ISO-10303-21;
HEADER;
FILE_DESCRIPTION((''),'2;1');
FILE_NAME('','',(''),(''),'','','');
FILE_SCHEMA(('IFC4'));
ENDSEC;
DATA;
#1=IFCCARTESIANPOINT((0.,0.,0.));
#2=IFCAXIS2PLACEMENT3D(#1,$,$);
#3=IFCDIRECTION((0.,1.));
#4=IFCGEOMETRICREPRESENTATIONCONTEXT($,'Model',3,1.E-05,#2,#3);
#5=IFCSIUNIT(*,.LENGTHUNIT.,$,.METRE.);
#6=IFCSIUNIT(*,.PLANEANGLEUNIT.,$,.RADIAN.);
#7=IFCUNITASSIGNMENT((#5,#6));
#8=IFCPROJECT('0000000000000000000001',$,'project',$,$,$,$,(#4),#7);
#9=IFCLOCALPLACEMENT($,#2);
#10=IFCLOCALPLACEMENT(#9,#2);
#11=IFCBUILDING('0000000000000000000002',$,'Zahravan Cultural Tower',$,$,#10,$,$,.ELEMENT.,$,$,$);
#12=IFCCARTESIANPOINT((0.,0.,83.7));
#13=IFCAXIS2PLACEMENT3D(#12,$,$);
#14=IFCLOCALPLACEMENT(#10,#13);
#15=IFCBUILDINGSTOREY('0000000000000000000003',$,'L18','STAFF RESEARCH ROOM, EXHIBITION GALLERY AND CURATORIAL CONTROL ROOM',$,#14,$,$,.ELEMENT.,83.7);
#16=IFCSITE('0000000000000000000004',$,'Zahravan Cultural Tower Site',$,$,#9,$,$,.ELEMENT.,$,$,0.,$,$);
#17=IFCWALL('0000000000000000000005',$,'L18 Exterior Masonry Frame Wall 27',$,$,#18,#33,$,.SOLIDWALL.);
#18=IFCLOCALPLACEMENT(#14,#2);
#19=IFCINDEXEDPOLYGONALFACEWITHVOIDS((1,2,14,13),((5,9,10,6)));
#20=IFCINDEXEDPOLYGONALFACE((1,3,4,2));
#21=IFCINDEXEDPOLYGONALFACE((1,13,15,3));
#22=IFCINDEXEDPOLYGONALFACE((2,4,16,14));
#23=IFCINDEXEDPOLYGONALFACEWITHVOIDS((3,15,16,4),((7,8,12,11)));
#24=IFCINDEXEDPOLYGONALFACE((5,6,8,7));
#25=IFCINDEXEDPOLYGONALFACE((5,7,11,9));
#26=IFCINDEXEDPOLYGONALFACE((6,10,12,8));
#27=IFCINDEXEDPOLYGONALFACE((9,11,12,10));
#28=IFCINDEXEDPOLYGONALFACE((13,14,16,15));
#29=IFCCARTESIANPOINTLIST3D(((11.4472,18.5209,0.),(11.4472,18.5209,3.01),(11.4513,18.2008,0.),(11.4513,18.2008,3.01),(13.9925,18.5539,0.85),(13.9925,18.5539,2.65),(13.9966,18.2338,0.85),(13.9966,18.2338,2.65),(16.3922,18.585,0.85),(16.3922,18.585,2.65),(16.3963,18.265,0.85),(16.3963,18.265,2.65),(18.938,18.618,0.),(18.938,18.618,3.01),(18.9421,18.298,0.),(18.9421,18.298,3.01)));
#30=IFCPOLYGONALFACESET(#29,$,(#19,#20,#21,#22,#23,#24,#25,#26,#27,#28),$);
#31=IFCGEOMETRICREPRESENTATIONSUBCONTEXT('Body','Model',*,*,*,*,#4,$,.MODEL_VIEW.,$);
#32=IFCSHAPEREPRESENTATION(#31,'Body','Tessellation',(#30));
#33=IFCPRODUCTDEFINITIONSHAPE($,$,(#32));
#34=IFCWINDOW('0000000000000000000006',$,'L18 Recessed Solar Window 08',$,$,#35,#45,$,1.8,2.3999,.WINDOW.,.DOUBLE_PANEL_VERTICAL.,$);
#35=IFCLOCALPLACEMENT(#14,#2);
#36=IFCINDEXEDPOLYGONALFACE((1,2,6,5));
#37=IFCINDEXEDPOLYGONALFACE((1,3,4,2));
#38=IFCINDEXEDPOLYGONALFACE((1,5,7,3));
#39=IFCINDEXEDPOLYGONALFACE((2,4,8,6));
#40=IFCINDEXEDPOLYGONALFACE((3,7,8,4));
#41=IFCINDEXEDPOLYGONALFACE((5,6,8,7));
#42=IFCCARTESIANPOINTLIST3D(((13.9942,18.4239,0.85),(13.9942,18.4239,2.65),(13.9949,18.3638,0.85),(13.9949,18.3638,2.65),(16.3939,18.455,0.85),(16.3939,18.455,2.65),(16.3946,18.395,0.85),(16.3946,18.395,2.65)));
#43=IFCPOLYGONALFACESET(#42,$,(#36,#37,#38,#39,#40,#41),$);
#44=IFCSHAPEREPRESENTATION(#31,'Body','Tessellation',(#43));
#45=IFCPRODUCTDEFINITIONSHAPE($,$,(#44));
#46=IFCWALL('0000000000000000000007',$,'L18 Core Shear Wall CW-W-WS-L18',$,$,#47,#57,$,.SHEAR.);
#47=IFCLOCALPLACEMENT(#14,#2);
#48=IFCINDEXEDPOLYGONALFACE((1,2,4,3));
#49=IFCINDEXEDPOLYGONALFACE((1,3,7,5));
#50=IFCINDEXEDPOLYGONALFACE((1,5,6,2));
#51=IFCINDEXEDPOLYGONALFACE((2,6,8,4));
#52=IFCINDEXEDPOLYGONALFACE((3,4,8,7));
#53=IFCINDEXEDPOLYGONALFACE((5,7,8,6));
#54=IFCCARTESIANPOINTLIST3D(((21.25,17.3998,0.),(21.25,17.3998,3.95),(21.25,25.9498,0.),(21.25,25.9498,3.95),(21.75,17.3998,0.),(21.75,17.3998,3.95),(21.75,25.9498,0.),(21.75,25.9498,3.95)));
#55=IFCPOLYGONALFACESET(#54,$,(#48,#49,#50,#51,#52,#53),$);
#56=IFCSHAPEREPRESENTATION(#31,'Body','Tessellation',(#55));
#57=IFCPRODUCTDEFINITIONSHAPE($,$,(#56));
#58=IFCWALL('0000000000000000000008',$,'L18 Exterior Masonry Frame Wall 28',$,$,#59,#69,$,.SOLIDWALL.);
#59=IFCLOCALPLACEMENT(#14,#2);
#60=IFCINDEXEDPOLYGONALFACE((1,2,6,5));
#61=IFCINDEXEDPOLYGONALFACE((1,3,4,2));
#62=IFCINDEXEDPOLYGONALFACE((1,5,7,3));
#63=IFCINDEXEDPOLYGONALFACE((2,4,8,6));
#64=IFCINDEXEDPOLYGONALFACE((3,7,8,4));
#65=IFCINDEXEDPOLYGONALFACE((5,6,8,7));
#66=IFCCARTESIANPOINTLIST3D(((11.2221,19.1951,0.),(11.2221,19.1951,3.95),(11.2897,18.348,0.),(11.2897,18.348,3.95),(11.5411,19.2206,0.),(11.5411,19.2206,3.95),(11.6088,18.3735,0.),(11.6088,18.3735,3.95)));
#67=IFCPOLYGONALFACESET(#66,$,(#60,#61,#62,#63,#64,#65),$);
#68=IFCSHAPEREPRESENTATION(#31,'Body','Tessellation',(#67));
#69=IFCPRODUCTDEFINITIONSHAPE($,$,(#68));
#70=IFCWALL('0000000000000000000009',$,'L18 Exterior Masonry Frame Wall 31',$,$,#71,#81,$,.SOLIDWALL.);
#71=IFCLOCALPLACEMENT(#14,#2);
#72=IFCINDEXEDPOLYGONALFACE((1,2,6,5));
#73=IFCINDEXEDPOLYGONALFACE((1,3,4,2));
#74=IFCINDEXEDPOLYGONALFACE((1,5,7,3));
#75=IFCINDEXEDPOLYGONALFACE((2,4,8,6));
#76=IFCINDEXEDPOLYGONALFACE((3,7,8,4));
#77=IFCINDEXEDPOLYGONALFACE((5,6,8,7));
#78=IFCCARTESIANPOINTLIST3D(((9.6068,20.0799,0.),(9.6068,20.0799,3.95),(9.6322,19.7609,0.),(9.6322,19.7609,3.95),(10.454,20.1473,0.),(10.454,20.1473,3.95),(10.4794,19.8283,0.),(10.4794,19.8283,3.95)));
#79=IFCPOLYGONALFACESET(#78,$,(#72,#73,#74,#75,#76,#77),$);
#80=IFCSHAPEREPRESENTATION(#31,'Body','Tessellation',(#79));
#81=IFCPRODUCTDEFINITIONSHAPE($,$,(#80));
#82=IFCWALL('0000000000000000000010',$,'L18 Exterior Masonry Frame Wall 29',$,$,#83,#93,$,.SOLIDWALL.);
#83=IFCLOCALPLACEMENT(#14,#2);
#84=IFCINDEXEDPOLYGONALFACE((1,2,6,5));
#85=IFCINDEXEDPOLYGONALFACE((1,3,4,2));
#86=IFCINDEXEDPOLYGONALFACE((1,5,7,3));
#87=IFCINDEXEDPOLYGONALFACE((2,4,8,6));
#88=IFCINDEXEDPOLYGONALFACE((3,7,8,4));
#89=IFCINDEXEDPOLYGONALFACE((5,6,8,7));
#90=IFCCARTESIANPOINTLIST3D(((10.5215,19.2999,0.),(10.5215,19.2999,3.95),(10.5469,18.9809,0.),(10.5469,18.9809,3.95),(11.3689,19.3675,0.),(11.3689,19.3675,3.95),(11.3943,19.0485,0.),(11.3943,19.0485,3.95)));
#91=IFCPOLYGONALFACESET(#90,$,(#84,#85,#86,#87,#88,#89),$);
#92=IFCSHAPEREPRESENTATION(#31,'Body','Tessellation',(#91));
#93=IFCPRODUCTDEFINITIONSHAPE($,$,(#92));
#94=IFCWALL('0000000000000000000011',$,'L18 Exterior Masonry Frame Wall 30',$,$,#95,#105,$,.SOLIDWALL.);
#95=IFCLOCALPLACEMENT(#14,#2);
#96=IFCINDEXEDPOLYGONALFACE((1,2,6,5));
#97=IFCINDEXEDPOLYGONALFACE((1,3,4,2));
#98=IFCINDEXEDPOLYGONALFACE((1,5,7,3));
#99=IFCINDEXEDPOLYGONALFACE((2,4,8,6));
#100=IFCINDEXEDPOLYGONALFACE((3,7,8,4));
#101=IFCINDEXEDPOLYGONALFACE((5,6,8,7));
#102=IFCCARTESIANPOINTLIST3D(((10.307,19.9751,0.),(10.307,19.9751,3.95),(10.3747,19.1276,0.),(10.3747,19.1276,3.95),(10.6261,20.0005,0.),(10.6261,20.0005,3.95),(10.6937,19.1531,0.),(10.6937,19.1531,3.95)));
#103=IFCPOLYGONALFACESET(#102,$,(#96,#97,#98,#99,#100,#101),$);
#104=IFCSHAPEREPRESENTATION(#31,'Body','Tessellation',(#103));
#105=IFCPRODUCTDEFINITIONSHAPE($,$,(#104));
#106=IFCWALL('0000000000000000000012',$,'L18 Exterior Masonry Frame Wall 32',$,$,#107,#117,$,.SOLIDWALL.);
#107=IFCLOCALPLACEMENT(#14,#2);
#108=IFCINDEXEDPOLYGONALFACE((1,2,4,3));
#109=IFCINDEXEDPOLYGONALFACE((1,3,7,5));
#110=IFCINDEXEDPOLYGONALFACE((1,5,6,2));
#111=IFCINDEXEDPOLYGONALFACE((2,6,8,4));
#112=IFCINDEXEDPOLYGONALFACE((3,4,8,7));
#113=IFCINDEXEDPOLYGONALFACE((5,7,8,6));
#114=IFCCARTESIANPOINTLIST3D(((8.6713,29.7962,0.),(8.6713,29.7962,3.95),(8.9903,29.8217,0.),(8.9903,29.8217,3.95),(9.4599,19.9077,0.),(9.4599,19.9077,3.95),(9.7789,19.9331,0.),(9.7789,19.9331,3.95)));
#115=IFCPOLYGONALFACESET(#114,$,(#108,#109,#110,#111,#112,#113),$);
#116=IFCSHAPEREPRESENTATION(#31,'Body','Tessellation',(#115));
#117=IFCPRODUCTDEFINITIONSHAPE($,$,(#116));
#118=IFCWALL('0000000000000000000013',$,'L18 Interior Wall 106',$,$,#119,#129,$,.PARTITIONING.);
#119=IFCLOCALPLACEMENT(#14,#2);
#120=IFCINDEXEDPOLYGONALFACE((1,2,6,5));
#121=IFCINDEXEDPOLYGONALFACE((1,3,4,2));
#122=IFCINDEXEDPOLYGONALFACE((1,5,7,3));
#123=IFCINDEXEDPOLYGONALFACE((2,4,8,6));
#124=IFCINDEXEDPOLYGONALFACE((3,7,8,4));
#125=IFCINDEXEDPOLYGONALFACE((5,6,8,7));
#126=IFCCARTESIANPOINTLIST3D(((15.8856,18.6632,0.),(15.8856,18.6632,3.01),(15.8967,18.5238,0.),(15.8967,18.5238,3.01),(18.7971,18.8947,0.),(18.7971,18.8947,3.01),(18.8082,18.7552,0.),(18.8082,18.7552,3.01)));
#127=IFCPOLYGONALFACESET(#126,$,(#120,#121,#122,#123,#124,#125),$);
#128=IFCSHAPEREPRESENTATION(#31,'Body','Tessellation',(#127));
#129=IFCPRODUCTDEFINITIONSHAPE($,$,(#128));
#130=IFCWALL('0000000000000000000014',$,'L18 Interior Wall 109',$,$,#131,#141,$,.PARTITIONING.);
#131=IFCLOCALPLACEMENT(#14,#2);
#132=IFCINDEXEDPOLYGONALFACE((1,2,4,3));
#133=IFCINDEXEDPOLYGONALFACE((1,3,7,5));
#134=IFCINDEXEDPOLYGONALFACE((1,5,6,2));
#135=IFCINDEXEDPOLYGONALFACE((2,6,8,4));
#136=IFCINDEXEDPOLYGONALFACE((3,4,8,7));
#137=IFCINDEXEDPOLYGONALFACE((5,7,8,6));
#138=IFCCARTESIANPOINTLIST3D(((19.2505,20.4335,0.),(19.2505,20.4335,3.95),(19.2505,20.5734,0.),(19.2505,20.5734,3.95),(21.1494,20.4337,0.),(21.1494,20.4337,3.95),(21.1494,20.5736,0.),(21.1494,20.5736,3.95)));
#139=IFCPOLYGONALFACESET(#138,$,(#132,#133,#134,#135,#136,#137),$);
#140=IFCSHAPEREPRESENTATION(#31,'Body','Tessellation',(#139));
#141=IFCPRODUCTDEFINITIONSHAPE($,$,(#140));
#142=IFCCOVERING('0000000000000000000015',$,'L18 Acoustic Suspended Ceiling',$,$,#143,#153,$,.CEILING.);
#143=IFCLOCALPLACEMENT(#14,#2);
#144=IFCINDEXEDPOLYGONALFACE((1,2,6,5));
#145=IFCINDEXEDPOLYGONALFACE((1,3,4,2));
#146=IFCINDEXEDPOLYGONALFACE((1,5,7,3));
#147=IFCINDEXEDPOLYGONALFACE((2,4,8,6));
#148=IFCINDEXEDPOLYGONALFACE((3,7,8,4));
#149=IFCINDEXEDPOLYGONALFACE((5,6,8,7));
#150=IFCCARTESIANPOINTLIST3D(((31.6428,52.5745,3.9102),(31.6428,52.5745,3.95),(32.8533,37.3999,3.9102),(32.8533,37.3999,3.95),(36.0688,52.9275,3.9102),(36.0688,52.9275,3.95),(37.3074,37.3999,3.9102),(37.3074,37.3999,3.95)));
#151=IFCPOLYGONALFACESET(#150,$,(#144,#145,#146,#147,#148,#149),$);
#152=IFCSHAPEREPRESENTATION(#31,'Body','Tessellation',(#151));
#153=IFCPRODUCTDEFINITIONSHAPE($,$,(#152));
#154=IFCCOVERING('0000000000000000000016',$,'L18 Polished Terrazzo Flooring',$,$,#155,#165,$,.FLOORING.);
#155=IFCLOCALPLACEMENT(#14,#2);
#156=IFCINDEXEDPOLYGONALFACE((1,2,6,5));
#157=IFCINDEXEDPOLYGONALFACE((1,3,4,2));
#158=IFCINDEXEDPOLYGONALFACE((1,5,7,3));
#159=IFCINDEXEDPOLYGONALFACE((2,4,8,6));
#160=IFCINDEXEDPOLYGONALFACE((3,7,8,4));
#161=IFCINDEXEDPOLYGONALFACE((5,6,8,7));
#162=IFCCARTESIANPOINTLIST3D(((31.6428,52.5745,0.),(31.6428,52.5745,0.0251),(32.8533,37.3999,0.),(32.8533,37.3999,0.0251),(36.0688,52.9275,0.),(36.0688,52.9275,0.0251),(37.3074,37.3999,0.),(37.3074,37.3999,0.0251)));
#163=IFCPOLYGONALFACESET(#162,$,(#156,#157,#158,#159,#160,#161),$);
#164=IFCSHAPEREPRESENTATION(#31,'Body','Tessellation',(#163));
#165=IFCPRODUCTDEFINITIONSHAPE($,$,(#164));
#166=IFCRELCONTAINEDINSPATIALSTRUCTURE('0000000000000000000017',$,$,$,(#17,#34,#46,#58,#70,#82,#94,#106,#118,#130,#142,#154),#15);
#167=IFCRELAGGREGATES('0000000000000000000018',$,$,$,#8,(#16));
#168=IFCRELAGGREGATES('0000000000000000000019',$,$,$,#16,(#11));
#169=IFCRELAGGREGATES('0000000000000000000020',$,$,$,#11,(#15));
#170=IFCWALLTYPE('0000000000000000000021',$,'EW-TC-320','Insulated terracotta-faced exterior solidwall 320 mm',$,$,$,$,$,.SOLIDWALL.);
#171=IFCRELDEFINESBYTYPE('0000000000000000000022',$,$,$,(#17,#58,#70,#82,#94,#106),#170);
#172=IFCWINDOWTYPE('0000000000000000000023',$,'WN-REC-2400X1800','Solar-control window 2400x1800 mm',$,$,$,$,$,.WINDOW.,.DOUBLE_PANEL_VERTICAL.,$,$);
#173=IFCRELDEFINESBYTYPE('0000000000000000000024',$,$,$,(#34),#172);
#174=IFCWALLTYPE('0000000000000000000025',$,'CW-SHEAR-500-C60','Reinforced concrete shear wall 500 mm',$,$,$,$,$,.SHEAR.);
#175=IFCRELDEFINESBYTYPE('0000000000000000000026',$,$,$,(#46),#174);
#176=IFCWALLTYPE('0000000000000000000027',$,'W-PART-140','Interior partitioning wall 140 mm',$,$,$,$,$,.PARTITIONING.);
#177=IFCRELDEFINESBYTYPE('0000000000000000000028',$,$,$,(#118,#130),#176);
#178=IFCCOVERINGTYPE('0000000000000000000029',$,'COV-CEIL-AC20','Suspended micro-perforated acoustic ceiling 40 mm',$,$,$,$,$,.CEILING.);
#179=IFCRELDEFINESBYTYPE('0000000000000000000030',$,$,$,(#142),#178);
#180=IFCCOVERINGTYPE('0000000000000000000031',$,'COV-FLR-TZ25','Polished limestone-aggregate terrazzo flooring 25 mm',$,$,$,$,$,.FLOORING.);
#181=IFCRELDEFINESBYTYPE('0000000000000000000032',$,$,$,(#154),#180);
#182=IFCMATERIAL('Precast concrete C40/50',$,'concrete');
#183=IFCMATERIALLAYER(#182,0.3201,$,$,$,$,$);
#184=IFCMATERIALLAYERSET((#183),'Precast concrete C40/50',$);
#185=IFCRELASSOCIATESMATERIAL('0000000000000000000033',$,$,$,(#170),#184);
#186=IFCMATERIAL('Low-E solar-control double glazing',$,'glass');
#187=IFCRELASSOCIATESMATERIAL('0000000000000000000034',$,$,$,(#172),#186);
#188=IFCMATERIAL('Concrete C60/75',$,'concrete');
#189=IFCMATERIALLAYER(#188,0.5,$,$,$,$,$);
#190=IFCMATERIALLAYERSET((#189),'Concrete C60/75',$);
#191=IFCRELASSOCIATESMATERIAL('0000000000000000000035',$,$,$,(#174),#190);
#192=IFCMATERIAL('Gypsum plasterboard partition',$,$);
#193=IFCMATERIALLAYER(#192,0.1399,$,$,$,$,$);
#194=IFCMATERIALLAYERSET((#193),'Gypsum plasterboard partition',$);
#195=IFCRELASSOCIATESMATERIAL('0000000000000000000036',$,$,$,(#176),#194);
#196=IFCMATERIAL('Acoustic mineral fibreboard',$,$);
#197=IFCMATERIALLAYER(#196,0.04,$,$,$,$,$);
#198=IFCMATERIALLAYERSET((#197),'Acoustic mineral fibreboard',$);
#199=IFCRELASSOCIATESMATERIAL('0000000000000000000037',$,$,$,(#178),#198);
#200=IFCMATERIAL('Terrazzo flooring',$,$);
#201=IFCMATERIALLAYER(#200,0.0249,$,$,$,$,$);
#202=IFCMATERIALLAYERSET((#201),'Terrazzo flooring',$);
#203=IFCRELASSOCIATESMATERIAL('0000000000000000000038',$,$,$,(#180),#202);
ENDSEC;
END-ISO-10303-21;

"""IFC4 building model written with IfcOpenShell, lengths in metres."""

from ifc_helpers import new_model, si_unit, direction, frame, frame_2d, origin, place, context, subcontext, project, spatial, polyline, rectangle, outline, extrude, source, transform, mapped, material, layer, layer_set, type_object, element, fill, save


model = new_model("IFC4")

# Units and contexts
model_context = context("Model", 3, precision=1e-05, world=origin(), true_north=direction((0.0, 1.0)))
body_context = subcontext(model_context, "Body", "Model", "MODEL_VIEW")
ifc_project = project(units=[si_unit("LENGTHUNIT", "METRE"), si_unit("PLANEANGLEUNIT", "RADIAN")], contexts=[model_context])

# Site, building, storey
site_placement = place(None, origin())
site = spatial("IfcSite", under=ifc_project, at=site_placement, Name="Zahravan Cultural Tower Site", CompositionType="ELEMENT", RefElevation=0.0)
building_placement = place(site_placement, origin())
building = spatial("IfcBuilding", under=site, at=building_placement, Name="Zahravan Cultural Tower", CompositionType="ELEMENT")
storey_placement = place(building_placement, frame((0.0, 0.0, 83.7)))
storey = spatial("IfcBuildingStorey", under=building, at=storey_placement, Name="L18", Description="STAFF RESEARCH ROOM, EXHIBITION GALLERY AND CURATORIAL CONTROL ROOM", CompositionType="ELEMENT", Elevation=83.7)

# Shared definitions
ifc_material_1 = material(Name="Concrete C60/75", Category="concrete")

# Wall, opening, window
ifc_material_2 = material(Name="Precast concrete C40/50", Category="concrete")
ifc_layer_1 = layer(ifc_material_2, 0.3201)
ifc_layer_set_1 = layer_set([ifc_layer_1], Name="Precast concrete C40/50")
wall_type_1 = type_object("IfcWallType", Name="EW-TC-320", Description="Insulated terracotta-faced exterior solidwall 320 mm", PredefinedType="SOLIDWALL", material=ifc_layer_set_1)
wall_1_placement = place(storey_placement, frame((18.9399, 18.458, 0.0), z_axis=(0.0, 0.0, 1.0), x_axis=(-0.999916, -0.012971, 0.0)))
wall_1 = element("IfcWall", 1, at=wall_1_placement, inside=storey, type_object=wall_type_1, Name="L18 Exterior Masonry Frame Wall 27", PredefinedType="SOLIDWALL", context=body_context, shape_type="SweptSolid", body=[
    extrude(rectangle(XDim=7.4915, YDim=0.3201, at=frame_2d((3.7456, 0.0))), origin(), (0.0, 0.0, 1.0), 3.01),
])
opening_placement = place(wall_1_placement, frame((2.5459, 0.0, 0.8501)))
opening = element("IfcOpeningElement", 2, at=opening_placement, cuts=wall_1, PredefinedType="OPENING", context=body_context, shape_type="SweptSolid", body=[
    extrude(rectangle(XDim=2.3999, YDim=1.8, at=frame_2d((1.2, 0.8999))), frame((0.0, 0.1699, 0.0), z_axis=(0.0, -1.0, 0.0), x_axis=(1.0, 0.0, 0.0)), (0.0, 0.0, 1.0), 0.3401),
])
ifc_material_3 = material(Name="Low-E solar-control double glazing", Category="glass")
window_type = type_object("IfcWindowType", Name="WN-REC-2400X1800", Description="Solar-control window 2400x1800 mm", PartitioningType="DOUBLE_PANEL_VERTICAL", PredefinedType="WINDOW", material=ifc_material_3)
shared_shape_1 = source(origin(), body_context, "Body", "SweptSolid", [
    extrude(rectangle(XDim=2.3999, YDim=1.8, at=frame_2d((1.2, 0.8999))), frame((0.0, 0.03, 0.0), z_axis=(0.0, -1.0, 0.0), x_axis=(1.0, 0.0, 0.0)), (0.0, 0.0, 1.0), 0.0601),
])
window_placement = place(opening_placement, origin())
window = element("IfcWindow", 3, at=window_placement, inside=storey, type_object=window_type, Name="L18 Recessed Solar Window 08", OverallHeight=1.8, OverallWidth=2.3999, PartitioningType="DOUBLE_PANEL_VERTICAL", PredefinedType="WINDOW", context=body_context, shape_type="MappedRepresentation", body=[
    mapped(shared_shape_1, transform((0.0, 0.0, 0.0), x_axis=(1.0, 0.0, 0.0), y_axis=(0.0, 1.0, 0.0), z_axis=(0.0, 0.0, 1.0), scale=1.0)),
])
fill(opening, window)

# Walls
ifc_layer_2 = layer(ifc_material_1, 0.5)
ifc_layer_set_2 = layer_set([ifc_layer_2], Name="Concrete C60/75")
wall_type_2 = type_object("IfcWallType", Name="CW-SHEAR-500-C60", Description="Reinforced concrete shear wall 500 mm", PredefinedType="SHEAR", material=ifc_layer_set_2)
shared_shape_2 = source(origin(), body_context, "Body", "SweptSolid", [
    extrude(rectangle(XDim=8.55, YDim=0.5, at=frame_2d((4.2749, 0.0))), origin(), (0.0, 0.0, 1.0), 3.95),
])
wall_2_placement = place(storey_placement, frame((21.5, 17.3999, 0.0), z_axis=(0.0, 0.0, 1.0), x_axis=(0.0, 1.0, 0.0)))
element("IfcWall", 4, at=wall_2_placement, inside=storey, type_object=wall_type_2, Name="L18 Core Shear Wall CW-W-WS-L18", PredefinedType="SHEAR", context=body_context, shape_type="MappedRepresentation", body=[
    mapped(shared_shape_2, transform((0.0, 0.0, 0.0), x_axis=(1.0, 0.0, 0.0), y_axis=(0.0, 1.0, 0.0), z_axis=(0.0, 0.0, 1.0), scale=1.0)),
])
shared_shape_3 = source(origin(), body_context, "Body", "SweptSolid", [
    extrude(rectangle(XDim=0.8499, YDim=0.3201, at=frame_2d((0.4248, 0.0))), origin(), (0.0, 0.0, 1.0), 3.95),
])
for number, where, z_axis, x_axis, name in (
    (5, (11.4492, 18.3608, 0.0), (0.0, 0.0, 1.0), (-0.079574, 0.996829, 0.0), "L18 Exterior Masonry Frame Wall 28"),
    (6, (10.4666, 19.9878, 0.0), (0.0, 0.0, 1.0), (-0.996852, -0.079288, 0.0), "L18 Exterior Masonry Frame Wall 31"),
):
    element("IfcWall", number, at=place(storey_placement, frame(where, z_axis=z_axis, x_axis=x_axis)), inside=storey, type_object=wall_type_1, Name=name, PredefinedType="SOLIDWALL", context=body_context, shape_type="MappedRepresentation", body=[
        mapped(shared_shape_3, transform((0.0, 0.0, 0.0), x_axis=(1.0, 0.0, 0.0), y_axis=(0.0, 1.0, 0.0), z_axis=(0.0, 0.0, 1.0), scale=1.0)),
    ])
shared_shape_4 = source(origin(), body_context, "Body", "SweptSolid", [
    extrude(rectangle(XDim=0.8501, YDim=0.3201, at=frame_2d((0.425, 0.0))), origin(), (0.0, 0.0, 1.0), 3.95),
])
for number, where, z_axis, x_axis, name in (
    (7, (11.3816, 19.208, 0.0), (0.0, 0.0, 1.0), (-0.996831, -0.079551, 0.0), "L18 Exterior Masonry Frame Wall 29"),
    (8, (10.5342, 19.1404, 0.0), (0.0, 0.0, 1.0), (-0.079551, 0.996831, 0.0), "L18 Exterior Masonry Frame Wall 30"),
):
    element("IfcWall", number, at=place(storey_placement, frame(where, z_axis=z_axis, x_axis=x_axis)), inside=storey, type_object=wall_type_1, Name=name, PredefinedType="SOLIDWALL", context=body_context, shape_type="MappedRepresentation", body=[
        mapped(shared_shape_4, transform((0.0, 0.0, 0.0), x_axis=(1.0, 0.0, 0.0), y_axis=(0.0, 1.0, 0.0), z_axis=(0.0, 0.0, 1.0), scale=1.0)),
    ])
shared_shape_5 = source(origin(), body_context, "Body", "SweptSolid", [
    extrude(rectangle(XDim=9.9199, YDim=0.3201, at=frame_2d((4.96, 0.0))), origin(), (0.0, 0.0, 1.0), 3.95),
])
wall_3_placement = place(storey_placement, frame((9.6194, 19.9204, 0.0), z_axis=(0.0, 0.0, 1.0), x_axis=(-0.079495, 0.996835, 0.0)))
element("IfcWall", 9, at=wall_3_placement, inside=storey, type_object=wall_type_1, Name="L18 Exterior Masonry Frame Wall 32", PredefinedType="SOLIDWALL", context=body_context, shape_type="MappedRepresentation", body=[
    mapped(shared_shape_5, transform((0.0, 0.0, 0.0), x_axis=(1.0, 0.0, 0.0), y_axis=(0.0, 1.0, 0.0), z_axis=(0.0, 0.0, 1.0), scale=1.0)),
])
ifc_material_4 = material(Name="Gypsum plasterboard partition")
ifc_layer_3 = layer(ifc_material_4, 0.1399)
ifc_layer_set_3 = layer_set([ifc_layer_3], Name="Gypsum plasterboard partition")
wall_type_3 = type_object("IfcWallType", Name="W-PART-140", Description="Interior partitioning wall 140 mm", PredefinedType="PARTITIONING", material=ifc_layer_set_3)
shared_shape_6 = source(origin(), body_context, "Body", "SweptSolid", [
    extrude(rectangle(XDim=2.9207, YDim=0.1399, at=frame_2d((1.4604, 0.0))), origin(), (0.0, 0.0, 1.0), 3.01),
])
wall_4_placement = place(storey_placement, frame((18.8027, 18.825, 0.0), z_axis=(0.0, 0.0, 1.0), x_axis=(-0.996855, -0.079247, 0.0)))
element("IfcWall", 10, at=wall_4_placement, inside=storey, type_object=wall_type_3, Name="L18 Interior Wall 106", PredefinedType="PARTITIONING", context=body_context, shape_type="MappedRepresentation", body=[
    mapped(shared_shape_6, transform((0.0, 0.0, 0.0), x_axis=(1.0, 0.0, 0.0), y_axis=(0.0, 1.0, 0.0), z_axis=(0.0, 0.0, 1.0), scale=1.0)),
])
shared_shape_7 = source(origin(), body_context, "Body", "SweptSolid", [
    extrude(rectangle(XDim=1.8989, YDim=0.1399, at=frame_2d((0.9495, 0.0))), origin(), (0.0, 0.0, 1.0), 3.95),
])
wall_5_placement = place(storey_placement, frame((19.2505, 20.5034, 0.0), z_axis=(0.0, 0.0, 1.0), x_axis=(1.0, 0.000129, 0.0)))
element("IfcWall", 11, at=wall_5_placement, inside=storey, type_object=wall_type_3, Name="L18 Interior Wall 109", PredefinedType="PARTITIONING", context=body_context, shape_type="MappedRepresentation", body=[
    mapped(shared_shape_7, transform((0.0, 0.0, 0.0), x_axis=(1.0, 0.0, 0.0), y_axis=(0.0, 1.0, 0.0), z_axis=(0.0, 0.0, 1.0), scale=1.0)),
])

# Coverings
ifc_material_5 = material(Name="Acoustic mineral fibreboard")
ifc_layer_4 = layer(ifc_material_5, 0.04)
ifc_layer_set_4 = layer_set([ifc_layer_4], Name="Acoustic mineral fibreboard")
covering_type_1 = type_object("IfcCoveringType", Name="COV-CEIL-AC20", Description="Suspended micro-perforated acoustic ceiling 40 mm", PredefinedType="CEILING", material=ifc_layer_set_4)
covering_1_placement = place(storey_placement, frame((0.0, 0.0, 3.9102)))
element("IfcCovering", 12, at=covering_1_placement, inside=storey, type_object=covering_type_1, Name="L18 Acoustic Suspended Ceiling", PredefinedType="CEILING", context=body_context, shape_type="SweptSolid", body=[
    extrude(outline(polyline([(31.6428, 52.5745), (32.8533, 37.3999), (37.3074, 37.3999), (36.0688, 52.9275), (31.6428, 52.5745)])), origin(), (0.0, 0.0, 1.0), 0.0398),
])
ifc_material_6 = material(Name="Terrazzo flooring")
ifc_layer_5 = layer(ifc_material_6, 0.0249)
ifc_layer_set_5 = layer_set([ifc_layer_5], Name="Terrazzo flooring")
covering_type_2 = type_object("IfcCoveringType", Name="COV-FLR-TZ25", Description="Polished limestone-aggregate terrazzo flooring 25 mm", PredefinedType="FLOORING", material=ifc_layer_set_5)
covering_2_placement = place(storey_placement, origin())
element("IfcCovering", 13, at=covering_2_placement, inside=storey, type_object=covering_type_2, Name="L18 Polished Terrazzo Flooring", PredefinedType="FLOORING", context=body_context, shape_type="SweptSolid", body=[
    extrude(outline(polyline([(31.6428, 52.5745), (32.8533, 37.3999), (37.3074, 37.3999), (36.0688, 52.9275), (31.6428, 52.5745)])), origin(), (0.0, 0.0, 1.0), 0.0251),
])

save(model, "model.ifc")
